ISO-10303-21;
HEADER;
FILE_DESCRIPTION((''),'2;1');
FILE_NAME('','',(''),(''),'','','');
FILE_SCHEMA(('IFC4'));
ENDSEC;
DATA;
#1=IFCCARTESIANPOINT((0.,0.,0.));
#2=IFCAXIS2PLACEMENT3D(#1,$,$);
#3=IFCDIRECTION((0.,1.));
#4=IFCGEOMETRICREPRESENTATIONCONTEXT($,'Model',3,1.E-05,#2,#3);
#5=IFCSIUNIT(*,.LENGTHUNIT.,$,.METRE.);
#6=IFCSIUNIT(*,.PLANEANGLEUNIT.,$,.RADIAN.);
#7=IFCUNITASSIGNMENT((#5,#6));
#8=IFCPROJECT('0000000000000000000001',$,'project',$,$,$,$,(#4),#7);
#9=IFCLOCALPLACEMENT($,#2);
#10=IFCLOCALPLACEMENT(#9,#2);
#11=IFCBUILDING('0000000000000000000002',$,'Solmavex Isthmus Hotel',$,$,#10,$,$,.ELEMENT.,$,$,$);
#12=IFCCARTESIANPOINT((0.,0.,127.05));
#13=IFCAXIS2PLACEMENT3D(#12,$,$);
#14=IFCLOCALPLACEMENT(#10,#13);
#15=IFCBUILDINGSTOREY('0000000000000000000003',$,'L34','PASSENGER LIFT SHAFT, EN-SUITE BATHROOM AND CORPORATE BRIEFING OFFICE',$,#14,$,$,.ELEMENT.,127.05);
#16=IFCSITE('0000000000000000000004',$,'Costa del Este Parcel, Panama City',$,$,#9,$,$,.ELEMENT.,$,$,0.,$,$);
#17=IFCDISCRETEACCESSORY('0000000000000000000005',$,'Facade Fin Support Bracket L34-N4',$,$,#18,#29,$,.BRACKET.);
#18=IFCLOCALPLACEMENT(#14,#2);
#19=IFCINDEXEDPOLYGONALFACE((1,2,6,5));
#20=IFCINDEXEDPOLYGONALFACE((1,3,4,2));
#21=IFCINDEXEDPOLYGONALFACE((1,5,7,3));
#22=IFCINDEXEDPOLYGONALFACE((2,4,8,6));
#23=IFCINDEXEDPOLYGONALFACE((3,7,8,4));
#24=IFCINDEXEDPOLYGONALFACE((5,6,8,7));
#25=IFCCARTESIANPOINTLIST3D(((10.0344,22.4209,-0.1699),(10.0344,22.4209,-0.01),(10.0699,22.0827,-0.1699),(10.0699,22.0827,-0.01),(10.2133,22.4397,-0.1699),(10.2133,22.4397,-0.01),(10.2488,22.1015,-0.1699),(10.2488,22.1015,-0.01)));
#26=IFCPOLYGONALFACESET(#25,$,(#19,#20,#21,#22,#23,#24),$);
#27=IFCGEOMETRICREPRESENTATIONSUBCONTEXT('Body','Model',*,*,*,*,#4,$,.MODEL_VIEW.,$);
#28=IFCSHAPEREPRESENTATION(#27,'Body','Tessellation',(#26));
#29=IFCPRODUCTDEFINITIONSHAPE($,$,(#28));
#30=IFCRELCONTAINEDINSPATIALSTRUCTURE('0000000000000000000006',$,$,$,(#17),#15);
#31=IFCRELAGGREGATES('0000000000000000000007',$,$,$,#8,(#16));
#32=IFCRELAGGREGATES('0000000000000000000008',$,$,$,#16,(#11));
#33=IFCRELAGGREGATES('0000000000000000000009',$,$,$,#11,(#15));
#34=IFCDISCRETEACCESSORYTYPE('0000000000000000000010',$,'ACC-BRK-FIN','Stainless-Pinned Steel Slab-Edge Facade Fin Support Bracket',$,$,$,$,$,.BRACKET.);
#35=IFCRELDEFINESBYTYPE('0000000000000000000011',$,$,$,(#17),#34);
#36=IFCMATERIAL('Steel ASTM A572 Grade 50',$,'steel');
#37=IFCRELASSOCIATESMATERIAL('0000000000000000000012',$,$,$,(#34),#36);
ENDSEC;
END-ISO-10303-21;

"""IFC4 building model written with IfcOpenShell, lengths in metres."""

from ifc_helpers import new_model, si_unit, direction, frame, origin, origin_2d, place, context, subcontext, project, spatial, rectangle, extrude, material, type_object, element, save


model = new_model("IFC4")

# Units and contexts
model_context = context("Model", 3, precision=1e-05, world=origin(), true_north=direction((0.0, 1.0)))
body_context = subcontext(model_context, "Body", "Model", "MODEL_VIEW")
ifc_project = project(units=[si_unit("LENGTHUNIT", "METRE"), si_unit("PLANEANGLEUNIT", "RADIAN")], contexts=[model_context])

# Site, building, storey
site_placement = place(None, origin())
site = spatial("IfcSite", under=ifc_project, at=site_placement, Name="Costa del Este Parcel, Panama City", CompositionType="ELEMENT", RefElevation=0.0)
building_placement = place(site_placement, origin())
building = spatial("IfcBuilding", under=site, at=building_placement, Name="Solmavex Isthmus Hotel", CompositionType="ELEMENT")
storey_placement = place(building_placement, frame((0.0, 0.0, 127.05)))
storey = spatial("IfcBuildingStorey", under=building, at=storey_placement, Name="L34", Description="PASSENGER LIFT SHAFT, EN-SUITE BATHROOM AND CORPORATE BRIEFING OFFICE", CompositionType="ELEMENT", Elevation=127.05)

# Discrete accessory
ifc_material_1 = material(Name="Steel ASTM A572 Grade 50", Category="steel")
discrete_accessory_type = type_object("IfcDiscreteAccessoryType", Name="ACC-BRK-FIN", Description="Stainless-Pinned Steel Slab-Edge Facade Fin Support Bracket", PredefinedType="BRACKET", material=ifc_material_1)
discrete_accessory_placement = place(storey_placement, frame((10.1416, 22.2612, -0.1699), z_axis=(0.0, 0.0, 1.0), x_axis=(-0.104528, 0.994522, 0.0)))
element("IfcDiscreteAccessory", 1, at=discrete_accessory_placement, inside=storey, type_object=discrete_accessory_type, Name="Facade Fin Support Bracket L34-N4", PredefinedType="BRACKET", context=body_context, shape_type="SweptSolid", body=[
    extrude(rectangle(XDim=0.3401, YDim=0.1799, at=origin_2d()), origin(), (0.0, 0.0, 1.0), 0.1599),
])

save(model, "model.ifc")
